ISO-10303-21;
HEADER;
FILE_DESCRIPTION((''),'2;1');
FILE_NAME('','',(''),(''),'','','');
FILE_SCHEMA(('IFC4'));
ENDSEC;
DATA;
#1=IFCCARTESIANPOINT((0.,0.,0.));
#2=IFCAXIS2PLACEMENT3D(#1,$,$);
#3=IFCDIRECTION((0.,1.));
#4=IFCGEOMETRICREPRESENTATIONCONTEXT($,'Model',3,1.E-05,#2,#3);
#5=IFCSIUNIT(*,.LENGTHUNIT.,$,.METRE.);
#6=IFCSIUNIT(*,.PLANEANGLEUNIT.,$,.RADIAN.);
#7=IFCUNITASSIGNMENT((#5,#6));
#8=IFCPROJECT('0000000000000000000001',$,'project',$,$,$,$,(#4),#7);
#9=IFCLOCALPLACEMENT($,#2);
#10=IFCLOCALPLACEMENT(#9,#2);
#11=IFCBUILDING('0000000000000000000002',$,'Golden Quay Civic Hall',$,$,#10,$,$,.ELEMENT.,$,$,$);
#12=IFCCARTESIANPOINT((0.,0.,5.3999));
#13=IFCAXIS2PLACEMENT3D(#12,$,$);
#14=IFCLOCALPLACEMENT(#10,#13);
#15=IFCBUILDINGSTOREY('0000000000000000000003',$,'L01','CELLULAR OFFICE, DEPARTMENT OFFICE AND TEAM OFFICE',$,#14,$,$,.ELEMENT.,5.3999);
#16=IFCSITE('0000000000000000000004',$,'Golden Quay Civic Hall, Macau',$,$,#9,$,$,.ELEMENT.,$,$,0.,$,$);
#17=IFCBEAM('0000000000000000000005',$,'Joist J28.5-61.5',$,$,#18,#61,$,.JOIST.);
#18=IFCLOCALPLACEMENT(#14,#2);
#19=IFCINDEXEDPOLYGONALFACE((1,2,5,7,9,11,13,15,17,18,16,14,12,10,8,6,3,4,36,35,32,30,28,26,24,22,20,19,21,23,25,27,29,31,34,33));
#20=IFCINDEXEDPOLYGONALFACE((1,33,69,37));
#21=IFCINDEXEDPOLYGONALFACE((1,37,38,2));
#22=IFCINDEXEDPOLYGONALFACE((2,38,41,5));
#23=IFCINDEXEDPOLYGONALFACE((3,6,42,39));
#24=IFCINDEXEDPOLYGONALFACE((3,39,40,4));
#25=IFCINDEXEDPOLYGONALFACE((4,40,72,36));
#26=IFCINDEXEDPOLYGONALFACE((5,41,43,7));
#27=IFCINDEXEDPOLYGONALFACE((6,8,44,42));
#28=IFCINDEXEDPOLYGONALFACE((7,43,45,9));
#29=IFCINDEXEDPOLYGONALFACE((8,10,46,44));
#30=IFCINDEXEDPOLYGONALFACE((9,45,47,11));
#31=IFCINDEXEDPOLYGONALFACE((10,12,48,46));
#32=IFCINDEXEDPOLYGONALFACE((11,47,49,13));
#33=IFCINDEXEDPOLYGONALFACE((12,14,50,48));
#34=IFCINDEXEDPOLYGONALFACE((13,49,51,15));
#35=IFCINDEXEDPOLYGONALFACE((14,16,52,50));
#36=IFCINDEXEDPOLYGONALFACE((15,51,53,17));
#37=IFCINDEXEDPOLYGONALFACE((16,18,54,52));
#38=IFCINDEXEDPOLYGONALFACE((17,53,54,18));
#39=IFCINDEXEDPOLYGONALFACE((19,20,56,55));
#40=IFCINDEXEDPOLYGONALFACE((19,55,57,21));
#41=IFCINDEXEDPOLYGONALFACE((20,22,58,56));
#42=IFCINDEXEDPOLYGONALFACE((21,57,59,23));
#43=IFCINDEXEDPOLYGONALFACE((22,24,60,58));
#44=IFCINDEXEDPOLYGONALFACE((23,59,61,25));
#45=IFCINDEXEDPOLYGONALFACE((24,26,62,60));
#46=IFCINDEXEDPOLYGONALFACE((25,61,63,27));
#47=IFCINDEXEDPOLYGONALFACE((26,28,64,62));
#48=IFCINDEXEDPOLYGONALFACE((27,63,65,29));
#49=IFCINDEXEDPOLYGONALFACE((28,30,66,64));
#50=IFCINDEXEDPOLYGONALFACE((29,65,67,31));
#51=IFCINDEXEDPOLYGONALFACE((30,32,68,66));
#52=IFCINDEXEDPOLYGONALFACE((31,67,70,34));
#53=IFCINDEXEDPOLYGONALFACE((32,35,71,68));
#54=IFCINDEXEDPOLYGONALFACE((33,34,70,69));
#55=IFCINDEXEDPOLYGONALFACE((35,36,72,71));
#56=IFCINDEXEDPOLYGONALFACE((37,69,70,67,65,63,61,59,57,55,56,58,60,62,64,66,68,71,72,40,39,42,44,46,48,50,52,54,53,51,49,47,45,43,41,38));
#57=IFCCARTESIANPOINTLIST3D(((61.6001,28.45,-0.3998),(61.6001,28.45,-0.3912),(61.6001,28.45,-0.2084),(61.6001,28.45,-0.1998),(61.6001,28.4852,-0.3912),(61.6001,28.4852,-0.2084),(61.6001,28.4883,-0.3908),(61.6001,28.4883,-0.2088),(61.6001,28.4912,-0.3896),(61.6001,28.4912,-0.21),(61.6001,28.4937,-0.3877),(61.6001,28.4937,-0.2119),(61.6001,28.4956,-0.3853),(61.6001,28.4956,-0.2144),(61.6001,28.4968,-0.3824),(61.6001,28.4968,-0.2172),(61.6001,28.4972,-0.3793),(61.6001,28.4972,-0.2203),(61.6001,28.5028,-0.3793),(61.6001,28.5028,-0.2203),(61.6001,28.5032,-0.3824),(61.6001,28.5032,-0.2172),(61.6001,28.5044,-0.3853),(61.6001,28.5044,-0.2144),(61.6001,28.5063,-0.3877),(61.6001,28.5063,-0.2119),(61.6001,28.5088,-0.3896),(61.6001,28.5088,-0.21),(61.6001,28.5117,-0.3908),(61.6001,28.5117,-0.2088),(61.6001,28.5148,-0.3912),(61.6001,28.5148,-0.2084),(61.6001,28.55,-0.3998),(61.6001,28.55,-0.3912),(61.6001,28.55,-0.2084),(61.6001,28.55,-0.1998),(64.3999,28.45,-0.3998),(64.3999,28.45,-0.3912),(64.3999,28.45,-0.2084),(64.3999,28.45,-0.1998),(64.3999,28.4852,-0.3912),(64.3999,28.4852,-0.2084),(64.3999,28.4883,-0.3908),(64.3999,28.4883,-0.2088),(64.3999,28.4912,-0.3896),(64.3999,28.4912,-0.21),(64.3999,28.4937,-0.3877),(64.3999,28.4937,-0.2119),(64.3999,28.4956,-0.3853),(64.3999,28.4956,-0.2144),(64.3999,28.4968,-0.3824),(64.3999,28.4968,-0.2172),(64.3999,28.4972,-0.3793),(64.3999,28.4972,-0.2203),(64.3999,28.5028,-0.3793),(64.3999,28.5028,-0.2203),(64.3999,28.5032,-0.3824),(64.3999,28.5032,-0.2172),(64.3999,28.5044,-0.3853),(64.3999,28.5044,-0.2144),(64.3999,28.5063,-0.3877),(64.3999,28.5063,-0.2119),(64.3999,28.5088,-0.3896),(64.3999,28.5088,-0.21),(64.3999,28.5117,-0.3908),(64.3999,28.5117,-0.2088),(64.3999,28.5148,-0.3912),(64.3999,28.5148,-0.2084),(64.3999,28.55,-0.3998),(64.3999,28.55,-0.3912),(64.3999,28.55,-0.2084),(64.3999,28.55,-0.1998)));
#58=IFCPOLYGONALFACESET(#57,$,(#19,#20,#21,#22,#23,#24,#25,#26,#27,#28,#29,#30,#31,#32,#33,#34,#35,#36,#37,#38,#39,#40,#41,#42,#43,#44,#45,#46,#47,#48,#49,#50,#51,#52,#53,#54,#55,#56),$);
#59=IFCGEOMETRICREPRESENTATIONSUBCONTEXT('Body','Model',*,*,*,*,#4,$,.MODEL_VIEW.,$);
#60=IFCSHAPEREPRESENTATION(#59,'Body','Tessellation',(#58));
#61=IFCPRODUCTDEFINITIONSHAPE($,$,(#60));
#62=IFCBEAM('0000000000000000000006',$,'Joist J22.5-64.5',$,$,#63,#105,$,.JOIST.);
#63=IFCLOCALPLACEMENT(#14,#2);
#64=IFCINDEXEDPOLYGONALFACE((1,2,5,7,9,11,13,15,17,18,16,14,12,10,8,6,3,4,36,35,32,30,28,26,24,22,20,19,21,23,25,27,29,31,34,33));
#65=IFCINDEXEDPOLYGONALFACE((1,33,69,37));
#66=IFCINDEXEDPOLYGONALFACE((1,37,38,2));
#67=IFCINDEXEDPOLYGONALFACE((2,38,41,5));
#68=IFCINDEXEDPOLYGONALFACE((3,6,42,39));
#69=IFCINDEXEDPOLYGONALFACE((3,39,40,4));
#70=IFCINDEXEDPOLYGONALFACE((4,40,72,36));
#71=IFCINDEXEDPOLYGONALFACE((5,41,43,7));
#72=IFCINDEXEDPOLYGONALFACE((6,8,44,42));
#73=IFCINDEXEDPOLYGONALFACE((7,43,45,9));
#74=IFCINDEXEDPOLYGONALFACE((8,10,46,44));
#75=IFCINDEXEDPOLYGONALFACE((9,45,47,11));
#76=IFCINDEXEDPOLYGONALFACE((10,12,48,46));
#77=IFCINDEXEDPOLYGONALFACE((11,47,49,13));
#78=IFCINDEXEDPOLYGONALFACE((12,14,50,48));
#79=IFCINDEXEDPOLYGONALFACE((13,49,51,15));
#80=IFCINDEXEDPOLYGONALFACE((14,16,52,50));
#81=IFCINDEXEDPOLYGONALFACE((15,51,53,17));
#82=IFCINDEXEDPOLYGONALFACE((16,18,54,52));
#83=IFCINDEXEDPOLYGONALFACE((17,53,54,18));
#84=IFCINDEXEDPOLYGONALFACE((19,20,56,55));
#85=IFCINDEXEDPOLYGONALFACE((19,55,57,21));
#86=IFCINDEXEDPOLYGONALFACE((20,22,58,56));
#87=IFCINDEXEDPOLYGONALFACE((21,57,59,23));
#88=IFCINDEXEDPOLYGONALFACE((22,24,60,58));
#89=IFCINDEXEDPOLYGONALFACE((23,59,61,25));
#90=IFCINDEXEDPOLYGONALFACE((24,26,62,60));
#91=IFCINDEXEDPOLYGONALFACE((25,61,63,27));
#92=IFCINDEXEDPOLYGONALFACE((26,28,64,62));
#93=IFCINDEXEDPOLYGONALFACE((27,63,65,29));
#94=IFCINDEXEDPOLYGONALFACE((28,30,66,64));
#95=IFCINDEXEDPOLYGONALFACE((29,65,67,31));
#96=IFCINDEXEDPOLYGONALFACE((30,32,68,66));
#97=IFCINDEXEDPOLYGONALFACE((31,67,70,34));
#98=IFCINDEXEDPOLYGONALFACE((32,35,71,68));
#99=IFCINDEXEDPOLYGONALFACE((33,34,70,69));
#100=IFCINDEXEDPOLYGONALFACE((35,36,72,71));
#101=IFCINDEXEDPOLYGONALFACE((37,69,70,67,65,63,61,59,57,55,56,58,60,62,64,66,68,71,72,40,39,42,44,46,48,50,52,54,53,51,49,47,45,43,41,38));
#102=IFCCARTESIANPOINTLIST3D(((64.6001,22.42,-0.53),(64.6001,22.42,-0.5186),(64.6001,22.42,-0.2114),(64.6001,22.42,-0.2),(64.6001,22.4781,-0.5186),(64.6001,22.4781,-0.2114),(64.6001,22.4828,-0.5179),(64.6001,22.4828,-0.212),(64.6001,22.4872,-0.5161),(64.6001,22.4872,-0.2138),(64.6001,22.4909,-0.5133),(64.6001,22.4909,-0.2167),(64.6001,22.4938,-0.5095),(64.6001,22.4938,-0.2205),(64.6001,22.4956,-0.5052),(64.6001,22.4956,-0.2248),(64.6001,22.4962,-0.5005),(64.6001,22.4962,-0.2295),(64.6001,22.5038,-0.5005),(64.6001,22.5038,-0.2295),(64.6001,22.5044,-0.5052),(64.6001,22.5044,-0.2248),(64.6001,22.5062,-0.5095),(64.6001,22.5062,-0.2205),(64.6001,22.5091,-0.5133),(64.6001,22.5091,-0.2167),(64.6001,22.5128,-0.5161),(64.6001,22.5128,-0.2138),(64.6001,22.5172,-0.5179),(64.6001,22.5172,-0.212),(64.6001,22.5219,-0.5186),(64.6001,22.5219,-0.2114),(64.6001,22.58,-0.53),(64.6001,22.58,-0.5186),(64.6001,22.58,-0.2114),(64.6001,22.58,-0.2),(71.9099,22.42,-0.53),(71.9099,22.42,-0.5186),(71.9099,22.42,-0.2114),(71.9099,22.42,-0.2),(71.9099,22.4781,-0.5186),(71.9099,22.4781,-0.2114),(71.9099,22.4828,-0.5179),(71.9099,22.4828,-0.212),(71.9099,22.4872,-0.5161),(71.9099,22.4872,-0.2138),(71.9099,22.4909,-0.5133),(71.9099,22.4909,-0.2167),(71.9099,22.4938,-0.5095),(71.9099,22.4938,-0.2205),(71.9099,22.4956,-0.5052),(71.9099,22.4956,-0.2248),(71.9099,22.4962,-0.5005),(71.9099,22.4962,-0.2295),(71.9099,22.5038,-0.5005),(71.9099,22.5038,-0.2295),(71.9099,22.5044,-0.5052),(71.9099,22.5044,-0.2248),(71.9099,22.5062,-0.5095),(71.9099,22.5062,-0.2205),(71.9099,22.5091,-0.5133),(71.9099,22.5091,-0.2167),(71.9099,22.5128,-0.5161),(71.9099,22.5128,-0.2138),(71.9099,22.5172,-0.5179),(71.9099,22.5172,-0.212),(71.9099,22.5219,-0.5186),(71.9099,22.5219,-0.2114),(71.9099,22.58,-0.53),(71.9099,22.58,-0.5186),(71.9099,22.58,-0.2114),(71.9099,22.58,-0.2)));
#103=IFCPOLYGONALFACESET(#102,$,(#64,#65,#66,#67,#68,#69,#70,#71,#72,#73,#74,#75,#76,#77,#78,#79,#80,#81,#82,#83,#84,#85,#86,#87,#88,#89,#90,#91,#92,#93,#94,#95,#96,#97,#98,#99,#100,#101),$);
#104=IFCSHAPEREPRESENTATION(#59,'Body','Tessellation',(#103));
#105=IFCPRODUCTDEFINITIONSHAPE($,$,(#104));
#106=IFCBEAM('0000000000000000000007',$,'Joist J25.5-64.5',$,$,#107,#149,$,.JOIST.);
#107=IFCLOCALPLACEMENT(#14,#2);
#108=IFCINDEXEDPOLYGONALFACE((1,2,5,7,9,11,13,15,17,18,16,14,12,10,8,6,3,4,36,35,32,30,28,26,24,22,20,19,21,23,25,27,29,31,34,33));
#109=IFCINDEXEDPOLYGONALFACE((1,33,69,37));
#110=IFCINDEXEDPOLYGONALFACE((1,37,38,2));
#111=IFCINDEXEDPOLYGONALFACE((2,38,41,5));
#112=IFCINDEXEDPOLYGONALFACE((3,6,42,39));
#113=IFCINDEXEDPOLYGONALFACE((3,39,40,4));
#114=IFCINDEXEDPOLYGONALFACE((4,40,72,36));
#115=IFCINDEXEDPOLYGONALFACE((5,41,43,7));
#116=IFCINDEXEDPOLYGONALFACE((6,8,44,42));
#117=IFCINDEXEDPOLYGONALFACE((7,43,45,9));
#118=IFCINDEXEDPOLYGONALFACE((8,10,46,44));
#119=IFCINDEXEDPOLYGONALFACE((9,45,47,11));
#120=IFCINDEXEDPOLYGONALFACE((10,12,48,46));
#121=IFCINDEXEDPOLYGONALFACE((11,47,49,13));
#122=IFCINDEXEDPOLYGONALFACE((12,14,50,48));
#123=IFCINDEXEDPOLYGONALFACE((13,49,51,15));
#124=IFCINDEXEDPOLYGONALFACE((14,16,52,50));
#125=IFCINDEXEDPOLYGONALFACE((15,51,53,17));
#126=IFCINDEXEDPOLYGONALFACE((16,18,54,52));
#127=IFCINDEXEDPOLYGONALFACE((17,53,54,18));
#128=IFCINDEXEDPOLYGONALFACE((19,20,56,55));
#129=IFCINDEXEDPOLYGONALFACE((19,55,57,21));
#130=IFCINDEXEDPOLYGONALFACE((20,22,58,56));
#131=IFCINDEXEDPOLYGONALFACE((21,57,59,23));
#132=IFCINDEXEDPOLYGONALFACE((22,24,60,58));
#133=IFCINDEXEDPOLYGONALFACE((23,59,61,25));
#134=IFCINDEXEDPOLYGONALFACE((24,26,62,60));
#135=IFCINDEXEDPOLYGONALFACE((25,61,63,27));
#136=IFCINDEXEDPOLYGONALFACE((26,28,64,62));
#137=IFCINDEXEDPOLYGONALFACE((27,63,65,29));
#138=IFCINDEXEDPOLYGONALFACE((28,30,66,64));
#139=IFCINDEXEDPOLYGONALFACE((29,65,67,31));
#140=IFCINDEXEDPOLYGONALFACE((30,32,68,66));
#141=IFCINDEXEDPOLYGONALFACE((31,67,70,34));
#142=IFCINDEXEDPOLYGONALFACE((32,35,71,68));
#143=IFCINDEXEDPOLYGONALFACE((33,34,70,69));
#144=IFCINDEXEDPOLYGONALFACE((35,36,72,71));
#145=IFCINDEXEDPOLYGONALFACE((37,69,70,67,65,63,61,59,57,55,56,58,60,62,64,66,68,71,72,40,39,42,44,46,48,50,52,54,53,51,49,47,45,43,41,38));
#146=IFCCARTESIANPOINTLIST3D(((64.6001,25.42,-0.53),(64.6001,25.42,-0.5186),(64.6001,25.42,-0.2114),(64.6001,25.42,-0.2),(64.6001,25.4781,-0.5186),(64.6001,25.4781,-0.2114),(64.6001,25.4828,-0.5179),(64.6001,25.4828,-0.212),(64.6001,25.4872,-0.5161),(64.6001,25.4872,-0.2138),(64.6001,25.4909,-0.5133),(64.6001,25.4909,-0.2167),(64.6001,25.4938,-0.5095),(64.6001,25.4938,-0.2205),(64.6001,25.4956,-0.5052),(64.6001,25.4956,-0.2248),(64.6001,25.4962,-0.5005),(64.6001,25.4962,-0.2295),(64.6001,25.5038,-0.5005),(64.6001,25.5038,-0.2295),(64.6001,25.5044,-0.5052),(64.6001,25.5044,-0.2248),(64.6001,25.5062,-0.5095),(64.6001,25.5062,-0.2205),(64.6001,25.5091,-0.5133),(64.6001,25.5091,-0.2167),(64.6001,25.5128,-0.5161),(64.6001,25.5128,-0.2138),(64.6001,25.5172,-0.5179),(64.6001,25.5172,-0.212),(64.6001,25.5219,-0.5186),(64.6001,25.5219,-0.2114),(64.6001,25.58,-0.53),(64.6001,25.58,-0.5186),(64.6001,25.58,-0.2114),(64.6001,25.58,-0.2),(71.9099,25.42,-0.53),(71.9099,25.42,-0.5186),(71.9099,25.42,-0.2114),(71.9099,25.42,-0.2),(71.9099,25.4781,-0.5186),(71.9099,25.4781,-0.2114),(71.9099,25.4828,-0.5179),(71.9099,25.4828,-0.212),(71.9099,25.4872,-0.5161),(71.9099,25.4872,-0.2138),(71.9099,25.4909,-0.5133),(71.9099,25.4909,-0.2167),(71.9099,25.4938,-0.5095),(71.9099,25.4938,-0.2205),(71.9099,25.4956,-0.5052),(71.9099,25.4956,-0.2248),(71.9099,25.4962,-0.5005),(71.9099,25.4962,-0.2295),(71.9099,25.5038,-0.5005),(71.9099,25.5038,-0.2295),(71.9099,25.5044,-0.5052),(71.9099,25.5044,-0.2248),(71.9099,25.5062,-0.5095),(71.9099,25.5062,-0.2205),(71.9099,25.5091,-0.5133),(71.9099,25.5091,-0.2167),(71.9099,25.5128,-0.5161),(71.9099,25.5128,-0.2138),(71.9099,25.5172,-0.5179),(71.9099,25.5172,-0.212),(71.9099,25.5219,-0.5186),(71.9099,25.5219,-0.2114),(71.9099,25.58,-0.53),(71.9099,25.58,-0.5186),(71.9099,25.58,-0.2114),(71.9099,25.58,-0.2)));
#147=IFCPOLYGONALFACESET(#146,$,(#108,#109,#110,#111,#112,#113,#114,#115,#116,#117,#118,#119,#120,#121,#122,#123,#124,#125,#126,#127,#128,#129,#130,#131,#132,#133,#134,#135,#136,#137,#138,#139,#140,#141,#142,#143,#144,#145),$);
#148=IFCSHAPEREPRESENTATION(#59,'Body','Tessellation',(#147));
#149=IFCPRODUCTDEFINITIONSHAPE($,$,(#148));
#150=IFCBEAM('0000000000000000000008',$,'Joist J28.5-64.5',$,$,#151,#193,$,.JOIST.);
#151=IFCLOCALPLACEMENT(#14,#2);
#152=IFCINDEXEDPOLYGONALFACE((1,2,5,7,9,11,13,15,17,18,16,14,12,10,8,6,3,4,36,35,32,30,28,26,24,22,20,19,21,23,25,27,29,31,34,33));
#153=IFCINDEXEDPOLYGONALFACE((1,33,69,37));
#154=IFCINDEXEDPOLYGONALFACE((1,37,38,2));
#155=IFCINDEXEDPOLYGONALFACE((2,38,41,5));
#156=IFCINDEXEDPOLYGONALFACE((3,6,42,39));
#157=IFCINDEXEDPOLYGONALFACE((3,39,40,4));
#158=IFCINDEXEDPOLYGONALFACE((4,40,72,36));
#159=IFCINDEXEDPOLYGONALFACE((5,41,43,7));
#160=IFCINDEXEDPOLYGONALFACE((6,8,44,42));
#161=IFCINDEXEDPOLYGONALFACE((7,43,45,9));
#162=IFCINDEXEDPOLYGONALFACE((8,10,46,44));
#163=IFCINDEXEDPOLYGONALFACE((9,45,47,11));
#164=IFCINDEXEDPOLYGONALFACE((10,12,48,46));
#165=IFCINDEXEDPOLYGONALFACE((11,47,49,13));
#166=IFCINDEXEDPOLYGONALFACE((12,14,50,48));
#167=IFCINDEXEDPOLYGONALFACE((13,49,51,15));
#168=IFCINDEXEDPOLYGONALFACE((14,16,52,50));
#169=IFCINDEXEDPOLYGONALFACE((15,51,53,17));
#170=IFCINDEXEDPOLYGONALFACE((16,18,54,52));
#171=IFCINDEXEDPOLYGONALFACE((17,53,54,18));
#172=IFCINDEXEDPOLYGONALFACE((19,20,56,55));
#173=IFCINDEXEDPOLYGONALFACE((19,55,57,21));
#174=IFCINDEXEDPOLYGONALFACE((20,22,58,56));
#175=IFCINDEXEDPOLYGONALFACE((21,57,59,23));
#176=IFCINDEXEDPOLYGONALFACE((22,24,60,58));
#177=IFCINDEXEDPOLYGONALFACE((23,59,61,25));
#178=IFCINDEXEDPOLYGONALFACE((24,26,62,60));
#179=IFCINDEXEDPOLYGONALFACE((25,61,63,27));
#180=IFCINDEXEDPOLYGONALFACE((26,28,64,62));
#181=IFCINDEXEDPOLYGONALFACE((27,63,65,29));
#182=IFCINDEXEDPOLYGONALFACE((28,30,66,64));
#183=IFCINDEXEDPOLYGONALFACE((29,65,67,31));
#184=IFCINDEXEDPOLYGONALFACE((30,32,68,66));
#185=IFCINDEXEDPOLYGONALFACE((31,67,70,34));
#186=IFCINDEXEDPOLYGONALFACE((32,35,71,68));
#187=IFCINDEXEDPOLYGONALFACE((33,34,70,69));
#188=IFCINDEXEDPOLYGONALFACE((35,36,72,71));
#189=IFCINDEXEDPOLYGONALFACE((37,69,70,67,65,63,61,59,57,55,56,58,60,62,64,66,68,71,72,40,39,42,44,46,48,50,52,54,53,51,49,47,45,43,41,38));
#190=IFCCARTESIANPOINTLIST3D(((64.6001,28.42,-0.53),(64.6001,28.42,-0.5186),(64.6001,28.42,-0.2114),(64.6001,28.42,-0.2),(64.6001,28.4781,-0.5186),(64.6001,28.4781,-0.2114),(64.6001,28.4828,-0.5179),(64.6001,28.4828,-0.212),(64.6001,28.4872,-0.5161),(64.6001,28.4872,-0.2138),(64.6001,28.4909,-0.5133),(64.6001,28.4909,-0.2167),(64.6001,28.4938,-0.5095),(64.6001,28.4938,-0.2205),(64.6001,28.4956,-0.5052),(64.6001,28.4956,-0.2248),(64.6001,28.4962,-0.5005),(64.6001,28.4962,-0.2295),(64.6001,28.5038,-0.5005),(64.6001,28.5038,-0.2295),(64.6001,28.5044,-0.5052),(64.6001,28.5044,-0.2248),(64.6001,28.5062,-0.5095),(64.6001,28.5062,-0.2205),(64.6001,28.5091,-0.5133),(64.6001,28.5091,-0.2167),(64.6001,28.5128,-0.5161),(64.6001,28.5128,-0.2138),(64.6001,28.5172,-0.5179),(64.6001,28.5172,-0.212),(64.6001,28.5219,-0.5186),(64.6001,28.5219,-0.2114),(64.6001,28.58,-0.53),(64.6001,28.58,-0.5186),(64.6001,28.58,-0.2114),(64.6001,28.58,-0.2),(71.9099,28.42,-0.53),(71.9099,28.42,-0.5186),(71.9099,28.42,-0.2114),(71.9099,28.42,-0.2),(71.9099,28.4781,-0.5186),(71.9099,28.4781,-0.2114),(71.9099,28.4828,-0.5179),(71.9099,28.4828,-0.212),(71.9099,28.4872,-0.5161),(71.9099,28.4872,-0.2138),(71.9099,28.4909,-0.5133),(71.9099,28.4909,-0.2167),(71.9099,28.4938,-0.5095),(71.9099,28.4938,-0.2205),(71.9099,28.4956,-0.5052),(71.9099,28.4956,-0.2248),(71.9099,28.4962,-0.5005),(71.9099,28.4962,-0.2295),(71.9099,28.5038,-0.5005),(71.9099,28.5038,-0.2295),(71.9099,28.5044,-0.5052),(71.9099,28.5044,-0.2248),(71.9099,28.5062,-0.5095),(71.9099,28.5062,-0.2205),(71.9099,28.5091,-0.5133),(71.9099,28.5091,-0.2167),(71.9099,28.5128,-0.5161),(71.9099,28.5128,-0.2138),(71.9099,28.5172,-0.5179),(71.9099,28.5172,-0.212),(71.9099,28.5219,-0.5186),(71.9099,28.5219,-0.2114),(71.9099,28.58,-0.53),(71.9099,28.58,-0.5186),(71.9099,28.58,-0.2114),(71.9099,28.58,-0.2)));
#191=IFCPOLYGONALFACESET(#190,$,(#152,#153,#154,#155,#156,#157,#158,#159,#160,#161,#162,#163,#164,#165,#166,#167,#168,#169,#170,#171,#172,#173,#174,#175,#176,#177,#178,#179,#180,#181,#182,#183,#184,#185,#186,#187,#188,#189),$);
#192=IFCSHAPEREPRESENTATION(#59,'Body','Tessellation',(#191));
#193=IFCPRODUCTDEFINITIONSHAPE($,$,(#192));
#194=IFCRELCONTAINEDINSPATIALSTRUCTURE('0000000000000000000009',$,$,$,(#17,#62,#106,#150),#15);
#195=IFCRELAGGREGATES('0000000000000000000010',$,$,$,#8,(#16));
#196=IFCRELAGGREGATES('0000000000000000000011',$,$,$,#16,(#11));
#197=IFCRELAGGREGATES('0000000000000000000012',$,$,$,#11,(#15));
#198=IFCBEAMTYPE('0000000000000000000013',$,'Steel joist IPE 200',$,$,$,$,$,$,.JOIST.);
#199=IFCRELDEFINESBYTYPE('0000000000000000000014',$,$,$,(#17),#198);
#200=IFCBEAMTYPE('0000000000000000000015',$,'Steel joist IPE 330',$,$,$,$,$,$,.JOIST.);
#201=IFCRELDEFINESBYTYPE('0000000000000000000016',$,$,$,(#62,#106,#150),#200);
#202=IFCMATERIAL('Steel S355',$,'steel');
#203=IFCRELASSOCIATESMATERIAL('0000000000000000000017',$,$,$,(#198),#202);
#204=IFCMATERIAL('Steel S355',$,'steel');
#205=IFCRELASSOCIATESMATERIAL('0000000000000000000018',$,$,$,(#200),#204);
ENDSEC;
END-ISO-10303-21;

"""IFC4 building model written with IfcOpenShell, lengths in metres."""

from ifc_helpers import new_model, si_unit, direction, frame, origin, origin_2d, place, context, subcontext, project, spatial, i_section, extrude, material, material_profile, profile_set, type_object, element, save


model = new_model("IFC4")

# Units and contexts
model_context = context("Model", 3, precision=1e-05, world=origin(), true_north=direction((0.0, 1.0)))
body_context = subcontext(model_context, "Body", "Model", "MODEL_VIEW")
ifc_project = project(units=[si_unit("LENGTHUNIT", "METRE"), si_unit("PLANEANGLEUNIT", "RADIAN")], contexts=[model_context])

# Site, building, storey
site_placement = place(None, origin())
site = spatial("IfcSite", under=ifc_project, at=site_placement, Name="Golden Quay Civic Hall, Macau", CompositionType="ELEMENT", RefElevation=0.0)
building_placement = place(site_placement, origin())
building = spatial("IfcBuilding", under=site, at=building_placement, Name="Golden Quay Civic Hall", CompositionType="ELEMENT")
storey_placement = place(building_placement, frame((0.0, 0.0, 5.3999)))
storey = spatial("IfcBuildingStorey", under=building, at=storey_placement, Name="L01", Description="CELLULAR OFFICE, DEPARTMENT OFFICE AND TEAM OFFICE", CompositionType="ELEMENT", Elevation=5.3999)

# Beams
ifc_material_1 = material(Name="Steel S355", Category="steel")
ifc_material_profile_1 = material_profile(ifc_material_1, i_section(OverallWidth=0.1001, OverallDepth=0.2, WebThickness=0.0056, FlangeThickness=0.0085, FilletRadius=0.012, at=origin_2d()), Name="IPE 200")
ifc_profile_set_1 = profile_set([ifc_material_profile_1], Name="Steel S355")
beam_type_1 = type_object("IfcBeamType", Name="Steel joist IPE 200", PredefinedType="JOIST", material=ifc_profile_set_1)
beam_1_placement = place(storey_placement, frame((61.6001, 28.5, -0.2998), z_axis=(1.0, 0.0, 0.0), x_axis=(0.0, 1.0, 0.0)))
element("IfcBeam", 1, at=beam_1_placement, inside=storey, type_object=beam_type_1, Name="Joist J28.5-61.5", PredefinedType="JOIST", context=body_context, shape_type="SweptSolid", body=[
    extrude(i_section(OverallWidth=0.1001, OverallDepth=0.2, WebThickness=0.0056, FlangeThickness=0.0085, FilletRadius=0.012, at=origin_2d()), origin(), (0.0, 0.0, 1.0), 2.7998),
])
ifc_material_2 = material(Name="Steel S355", Category="steel")
ifc_material_profile_2 = material_profile(ifc_material_2, i_section(OverallWidth=0.1599, OverallDepth=0.3301, WebThickness=0.0076, FlangeThickness=0.0115, FilletRadius=0.0181, at=origin_2d()), Name="IPE 330")
ifc_profile_set_2 = profile_set([ifc_material_profile_2], Name="Steel S355")
beam_type_2 = type_object("IfcBeamType", Name="Steel joist IPE 330", PredefinedType="JOIST", material=ifc_profile_set_2)
for number, where, z_axis, x_axis, name in (
    (2, (64.6001, 22.5, -0.365), (1.0, 0.0, 0.0), (0.0, 1.0, 0.0), "Joist J22.5-64.5"),
    (3, (64.6001, 25.5, -0.365), (1.0, 0.0, 0.0), (0.0, 1.0, 0.0), "Joist J25.5-64.5"),
    (4, (64.6001, 28.5, -0.365), (1.0, 0.0, 0.0), (0.0, 1.0, 0.0), "Joist J28.5-64.5"),
):
    element("IfcBeam", number, at=place(storey_placement, frame(where, z_axis=z_axis, x_axis=x_axis)), inside=storey, type_object=beam_type_2, Name=name, PredefinedType="JOIST", context=body_context, shape_type="SweptSolid", body=[
        extrude(i_section(OverallWidth=0.1599, OverallDepth=0.3301, WebThickness=0.0076, FlangeThickness=0.0115, FilletRadius=0.0181, at=origin_2d()), origin(), (0.0, 0.0, 1.0), 7.3098),
    ])

save(model, "model.ifc")
